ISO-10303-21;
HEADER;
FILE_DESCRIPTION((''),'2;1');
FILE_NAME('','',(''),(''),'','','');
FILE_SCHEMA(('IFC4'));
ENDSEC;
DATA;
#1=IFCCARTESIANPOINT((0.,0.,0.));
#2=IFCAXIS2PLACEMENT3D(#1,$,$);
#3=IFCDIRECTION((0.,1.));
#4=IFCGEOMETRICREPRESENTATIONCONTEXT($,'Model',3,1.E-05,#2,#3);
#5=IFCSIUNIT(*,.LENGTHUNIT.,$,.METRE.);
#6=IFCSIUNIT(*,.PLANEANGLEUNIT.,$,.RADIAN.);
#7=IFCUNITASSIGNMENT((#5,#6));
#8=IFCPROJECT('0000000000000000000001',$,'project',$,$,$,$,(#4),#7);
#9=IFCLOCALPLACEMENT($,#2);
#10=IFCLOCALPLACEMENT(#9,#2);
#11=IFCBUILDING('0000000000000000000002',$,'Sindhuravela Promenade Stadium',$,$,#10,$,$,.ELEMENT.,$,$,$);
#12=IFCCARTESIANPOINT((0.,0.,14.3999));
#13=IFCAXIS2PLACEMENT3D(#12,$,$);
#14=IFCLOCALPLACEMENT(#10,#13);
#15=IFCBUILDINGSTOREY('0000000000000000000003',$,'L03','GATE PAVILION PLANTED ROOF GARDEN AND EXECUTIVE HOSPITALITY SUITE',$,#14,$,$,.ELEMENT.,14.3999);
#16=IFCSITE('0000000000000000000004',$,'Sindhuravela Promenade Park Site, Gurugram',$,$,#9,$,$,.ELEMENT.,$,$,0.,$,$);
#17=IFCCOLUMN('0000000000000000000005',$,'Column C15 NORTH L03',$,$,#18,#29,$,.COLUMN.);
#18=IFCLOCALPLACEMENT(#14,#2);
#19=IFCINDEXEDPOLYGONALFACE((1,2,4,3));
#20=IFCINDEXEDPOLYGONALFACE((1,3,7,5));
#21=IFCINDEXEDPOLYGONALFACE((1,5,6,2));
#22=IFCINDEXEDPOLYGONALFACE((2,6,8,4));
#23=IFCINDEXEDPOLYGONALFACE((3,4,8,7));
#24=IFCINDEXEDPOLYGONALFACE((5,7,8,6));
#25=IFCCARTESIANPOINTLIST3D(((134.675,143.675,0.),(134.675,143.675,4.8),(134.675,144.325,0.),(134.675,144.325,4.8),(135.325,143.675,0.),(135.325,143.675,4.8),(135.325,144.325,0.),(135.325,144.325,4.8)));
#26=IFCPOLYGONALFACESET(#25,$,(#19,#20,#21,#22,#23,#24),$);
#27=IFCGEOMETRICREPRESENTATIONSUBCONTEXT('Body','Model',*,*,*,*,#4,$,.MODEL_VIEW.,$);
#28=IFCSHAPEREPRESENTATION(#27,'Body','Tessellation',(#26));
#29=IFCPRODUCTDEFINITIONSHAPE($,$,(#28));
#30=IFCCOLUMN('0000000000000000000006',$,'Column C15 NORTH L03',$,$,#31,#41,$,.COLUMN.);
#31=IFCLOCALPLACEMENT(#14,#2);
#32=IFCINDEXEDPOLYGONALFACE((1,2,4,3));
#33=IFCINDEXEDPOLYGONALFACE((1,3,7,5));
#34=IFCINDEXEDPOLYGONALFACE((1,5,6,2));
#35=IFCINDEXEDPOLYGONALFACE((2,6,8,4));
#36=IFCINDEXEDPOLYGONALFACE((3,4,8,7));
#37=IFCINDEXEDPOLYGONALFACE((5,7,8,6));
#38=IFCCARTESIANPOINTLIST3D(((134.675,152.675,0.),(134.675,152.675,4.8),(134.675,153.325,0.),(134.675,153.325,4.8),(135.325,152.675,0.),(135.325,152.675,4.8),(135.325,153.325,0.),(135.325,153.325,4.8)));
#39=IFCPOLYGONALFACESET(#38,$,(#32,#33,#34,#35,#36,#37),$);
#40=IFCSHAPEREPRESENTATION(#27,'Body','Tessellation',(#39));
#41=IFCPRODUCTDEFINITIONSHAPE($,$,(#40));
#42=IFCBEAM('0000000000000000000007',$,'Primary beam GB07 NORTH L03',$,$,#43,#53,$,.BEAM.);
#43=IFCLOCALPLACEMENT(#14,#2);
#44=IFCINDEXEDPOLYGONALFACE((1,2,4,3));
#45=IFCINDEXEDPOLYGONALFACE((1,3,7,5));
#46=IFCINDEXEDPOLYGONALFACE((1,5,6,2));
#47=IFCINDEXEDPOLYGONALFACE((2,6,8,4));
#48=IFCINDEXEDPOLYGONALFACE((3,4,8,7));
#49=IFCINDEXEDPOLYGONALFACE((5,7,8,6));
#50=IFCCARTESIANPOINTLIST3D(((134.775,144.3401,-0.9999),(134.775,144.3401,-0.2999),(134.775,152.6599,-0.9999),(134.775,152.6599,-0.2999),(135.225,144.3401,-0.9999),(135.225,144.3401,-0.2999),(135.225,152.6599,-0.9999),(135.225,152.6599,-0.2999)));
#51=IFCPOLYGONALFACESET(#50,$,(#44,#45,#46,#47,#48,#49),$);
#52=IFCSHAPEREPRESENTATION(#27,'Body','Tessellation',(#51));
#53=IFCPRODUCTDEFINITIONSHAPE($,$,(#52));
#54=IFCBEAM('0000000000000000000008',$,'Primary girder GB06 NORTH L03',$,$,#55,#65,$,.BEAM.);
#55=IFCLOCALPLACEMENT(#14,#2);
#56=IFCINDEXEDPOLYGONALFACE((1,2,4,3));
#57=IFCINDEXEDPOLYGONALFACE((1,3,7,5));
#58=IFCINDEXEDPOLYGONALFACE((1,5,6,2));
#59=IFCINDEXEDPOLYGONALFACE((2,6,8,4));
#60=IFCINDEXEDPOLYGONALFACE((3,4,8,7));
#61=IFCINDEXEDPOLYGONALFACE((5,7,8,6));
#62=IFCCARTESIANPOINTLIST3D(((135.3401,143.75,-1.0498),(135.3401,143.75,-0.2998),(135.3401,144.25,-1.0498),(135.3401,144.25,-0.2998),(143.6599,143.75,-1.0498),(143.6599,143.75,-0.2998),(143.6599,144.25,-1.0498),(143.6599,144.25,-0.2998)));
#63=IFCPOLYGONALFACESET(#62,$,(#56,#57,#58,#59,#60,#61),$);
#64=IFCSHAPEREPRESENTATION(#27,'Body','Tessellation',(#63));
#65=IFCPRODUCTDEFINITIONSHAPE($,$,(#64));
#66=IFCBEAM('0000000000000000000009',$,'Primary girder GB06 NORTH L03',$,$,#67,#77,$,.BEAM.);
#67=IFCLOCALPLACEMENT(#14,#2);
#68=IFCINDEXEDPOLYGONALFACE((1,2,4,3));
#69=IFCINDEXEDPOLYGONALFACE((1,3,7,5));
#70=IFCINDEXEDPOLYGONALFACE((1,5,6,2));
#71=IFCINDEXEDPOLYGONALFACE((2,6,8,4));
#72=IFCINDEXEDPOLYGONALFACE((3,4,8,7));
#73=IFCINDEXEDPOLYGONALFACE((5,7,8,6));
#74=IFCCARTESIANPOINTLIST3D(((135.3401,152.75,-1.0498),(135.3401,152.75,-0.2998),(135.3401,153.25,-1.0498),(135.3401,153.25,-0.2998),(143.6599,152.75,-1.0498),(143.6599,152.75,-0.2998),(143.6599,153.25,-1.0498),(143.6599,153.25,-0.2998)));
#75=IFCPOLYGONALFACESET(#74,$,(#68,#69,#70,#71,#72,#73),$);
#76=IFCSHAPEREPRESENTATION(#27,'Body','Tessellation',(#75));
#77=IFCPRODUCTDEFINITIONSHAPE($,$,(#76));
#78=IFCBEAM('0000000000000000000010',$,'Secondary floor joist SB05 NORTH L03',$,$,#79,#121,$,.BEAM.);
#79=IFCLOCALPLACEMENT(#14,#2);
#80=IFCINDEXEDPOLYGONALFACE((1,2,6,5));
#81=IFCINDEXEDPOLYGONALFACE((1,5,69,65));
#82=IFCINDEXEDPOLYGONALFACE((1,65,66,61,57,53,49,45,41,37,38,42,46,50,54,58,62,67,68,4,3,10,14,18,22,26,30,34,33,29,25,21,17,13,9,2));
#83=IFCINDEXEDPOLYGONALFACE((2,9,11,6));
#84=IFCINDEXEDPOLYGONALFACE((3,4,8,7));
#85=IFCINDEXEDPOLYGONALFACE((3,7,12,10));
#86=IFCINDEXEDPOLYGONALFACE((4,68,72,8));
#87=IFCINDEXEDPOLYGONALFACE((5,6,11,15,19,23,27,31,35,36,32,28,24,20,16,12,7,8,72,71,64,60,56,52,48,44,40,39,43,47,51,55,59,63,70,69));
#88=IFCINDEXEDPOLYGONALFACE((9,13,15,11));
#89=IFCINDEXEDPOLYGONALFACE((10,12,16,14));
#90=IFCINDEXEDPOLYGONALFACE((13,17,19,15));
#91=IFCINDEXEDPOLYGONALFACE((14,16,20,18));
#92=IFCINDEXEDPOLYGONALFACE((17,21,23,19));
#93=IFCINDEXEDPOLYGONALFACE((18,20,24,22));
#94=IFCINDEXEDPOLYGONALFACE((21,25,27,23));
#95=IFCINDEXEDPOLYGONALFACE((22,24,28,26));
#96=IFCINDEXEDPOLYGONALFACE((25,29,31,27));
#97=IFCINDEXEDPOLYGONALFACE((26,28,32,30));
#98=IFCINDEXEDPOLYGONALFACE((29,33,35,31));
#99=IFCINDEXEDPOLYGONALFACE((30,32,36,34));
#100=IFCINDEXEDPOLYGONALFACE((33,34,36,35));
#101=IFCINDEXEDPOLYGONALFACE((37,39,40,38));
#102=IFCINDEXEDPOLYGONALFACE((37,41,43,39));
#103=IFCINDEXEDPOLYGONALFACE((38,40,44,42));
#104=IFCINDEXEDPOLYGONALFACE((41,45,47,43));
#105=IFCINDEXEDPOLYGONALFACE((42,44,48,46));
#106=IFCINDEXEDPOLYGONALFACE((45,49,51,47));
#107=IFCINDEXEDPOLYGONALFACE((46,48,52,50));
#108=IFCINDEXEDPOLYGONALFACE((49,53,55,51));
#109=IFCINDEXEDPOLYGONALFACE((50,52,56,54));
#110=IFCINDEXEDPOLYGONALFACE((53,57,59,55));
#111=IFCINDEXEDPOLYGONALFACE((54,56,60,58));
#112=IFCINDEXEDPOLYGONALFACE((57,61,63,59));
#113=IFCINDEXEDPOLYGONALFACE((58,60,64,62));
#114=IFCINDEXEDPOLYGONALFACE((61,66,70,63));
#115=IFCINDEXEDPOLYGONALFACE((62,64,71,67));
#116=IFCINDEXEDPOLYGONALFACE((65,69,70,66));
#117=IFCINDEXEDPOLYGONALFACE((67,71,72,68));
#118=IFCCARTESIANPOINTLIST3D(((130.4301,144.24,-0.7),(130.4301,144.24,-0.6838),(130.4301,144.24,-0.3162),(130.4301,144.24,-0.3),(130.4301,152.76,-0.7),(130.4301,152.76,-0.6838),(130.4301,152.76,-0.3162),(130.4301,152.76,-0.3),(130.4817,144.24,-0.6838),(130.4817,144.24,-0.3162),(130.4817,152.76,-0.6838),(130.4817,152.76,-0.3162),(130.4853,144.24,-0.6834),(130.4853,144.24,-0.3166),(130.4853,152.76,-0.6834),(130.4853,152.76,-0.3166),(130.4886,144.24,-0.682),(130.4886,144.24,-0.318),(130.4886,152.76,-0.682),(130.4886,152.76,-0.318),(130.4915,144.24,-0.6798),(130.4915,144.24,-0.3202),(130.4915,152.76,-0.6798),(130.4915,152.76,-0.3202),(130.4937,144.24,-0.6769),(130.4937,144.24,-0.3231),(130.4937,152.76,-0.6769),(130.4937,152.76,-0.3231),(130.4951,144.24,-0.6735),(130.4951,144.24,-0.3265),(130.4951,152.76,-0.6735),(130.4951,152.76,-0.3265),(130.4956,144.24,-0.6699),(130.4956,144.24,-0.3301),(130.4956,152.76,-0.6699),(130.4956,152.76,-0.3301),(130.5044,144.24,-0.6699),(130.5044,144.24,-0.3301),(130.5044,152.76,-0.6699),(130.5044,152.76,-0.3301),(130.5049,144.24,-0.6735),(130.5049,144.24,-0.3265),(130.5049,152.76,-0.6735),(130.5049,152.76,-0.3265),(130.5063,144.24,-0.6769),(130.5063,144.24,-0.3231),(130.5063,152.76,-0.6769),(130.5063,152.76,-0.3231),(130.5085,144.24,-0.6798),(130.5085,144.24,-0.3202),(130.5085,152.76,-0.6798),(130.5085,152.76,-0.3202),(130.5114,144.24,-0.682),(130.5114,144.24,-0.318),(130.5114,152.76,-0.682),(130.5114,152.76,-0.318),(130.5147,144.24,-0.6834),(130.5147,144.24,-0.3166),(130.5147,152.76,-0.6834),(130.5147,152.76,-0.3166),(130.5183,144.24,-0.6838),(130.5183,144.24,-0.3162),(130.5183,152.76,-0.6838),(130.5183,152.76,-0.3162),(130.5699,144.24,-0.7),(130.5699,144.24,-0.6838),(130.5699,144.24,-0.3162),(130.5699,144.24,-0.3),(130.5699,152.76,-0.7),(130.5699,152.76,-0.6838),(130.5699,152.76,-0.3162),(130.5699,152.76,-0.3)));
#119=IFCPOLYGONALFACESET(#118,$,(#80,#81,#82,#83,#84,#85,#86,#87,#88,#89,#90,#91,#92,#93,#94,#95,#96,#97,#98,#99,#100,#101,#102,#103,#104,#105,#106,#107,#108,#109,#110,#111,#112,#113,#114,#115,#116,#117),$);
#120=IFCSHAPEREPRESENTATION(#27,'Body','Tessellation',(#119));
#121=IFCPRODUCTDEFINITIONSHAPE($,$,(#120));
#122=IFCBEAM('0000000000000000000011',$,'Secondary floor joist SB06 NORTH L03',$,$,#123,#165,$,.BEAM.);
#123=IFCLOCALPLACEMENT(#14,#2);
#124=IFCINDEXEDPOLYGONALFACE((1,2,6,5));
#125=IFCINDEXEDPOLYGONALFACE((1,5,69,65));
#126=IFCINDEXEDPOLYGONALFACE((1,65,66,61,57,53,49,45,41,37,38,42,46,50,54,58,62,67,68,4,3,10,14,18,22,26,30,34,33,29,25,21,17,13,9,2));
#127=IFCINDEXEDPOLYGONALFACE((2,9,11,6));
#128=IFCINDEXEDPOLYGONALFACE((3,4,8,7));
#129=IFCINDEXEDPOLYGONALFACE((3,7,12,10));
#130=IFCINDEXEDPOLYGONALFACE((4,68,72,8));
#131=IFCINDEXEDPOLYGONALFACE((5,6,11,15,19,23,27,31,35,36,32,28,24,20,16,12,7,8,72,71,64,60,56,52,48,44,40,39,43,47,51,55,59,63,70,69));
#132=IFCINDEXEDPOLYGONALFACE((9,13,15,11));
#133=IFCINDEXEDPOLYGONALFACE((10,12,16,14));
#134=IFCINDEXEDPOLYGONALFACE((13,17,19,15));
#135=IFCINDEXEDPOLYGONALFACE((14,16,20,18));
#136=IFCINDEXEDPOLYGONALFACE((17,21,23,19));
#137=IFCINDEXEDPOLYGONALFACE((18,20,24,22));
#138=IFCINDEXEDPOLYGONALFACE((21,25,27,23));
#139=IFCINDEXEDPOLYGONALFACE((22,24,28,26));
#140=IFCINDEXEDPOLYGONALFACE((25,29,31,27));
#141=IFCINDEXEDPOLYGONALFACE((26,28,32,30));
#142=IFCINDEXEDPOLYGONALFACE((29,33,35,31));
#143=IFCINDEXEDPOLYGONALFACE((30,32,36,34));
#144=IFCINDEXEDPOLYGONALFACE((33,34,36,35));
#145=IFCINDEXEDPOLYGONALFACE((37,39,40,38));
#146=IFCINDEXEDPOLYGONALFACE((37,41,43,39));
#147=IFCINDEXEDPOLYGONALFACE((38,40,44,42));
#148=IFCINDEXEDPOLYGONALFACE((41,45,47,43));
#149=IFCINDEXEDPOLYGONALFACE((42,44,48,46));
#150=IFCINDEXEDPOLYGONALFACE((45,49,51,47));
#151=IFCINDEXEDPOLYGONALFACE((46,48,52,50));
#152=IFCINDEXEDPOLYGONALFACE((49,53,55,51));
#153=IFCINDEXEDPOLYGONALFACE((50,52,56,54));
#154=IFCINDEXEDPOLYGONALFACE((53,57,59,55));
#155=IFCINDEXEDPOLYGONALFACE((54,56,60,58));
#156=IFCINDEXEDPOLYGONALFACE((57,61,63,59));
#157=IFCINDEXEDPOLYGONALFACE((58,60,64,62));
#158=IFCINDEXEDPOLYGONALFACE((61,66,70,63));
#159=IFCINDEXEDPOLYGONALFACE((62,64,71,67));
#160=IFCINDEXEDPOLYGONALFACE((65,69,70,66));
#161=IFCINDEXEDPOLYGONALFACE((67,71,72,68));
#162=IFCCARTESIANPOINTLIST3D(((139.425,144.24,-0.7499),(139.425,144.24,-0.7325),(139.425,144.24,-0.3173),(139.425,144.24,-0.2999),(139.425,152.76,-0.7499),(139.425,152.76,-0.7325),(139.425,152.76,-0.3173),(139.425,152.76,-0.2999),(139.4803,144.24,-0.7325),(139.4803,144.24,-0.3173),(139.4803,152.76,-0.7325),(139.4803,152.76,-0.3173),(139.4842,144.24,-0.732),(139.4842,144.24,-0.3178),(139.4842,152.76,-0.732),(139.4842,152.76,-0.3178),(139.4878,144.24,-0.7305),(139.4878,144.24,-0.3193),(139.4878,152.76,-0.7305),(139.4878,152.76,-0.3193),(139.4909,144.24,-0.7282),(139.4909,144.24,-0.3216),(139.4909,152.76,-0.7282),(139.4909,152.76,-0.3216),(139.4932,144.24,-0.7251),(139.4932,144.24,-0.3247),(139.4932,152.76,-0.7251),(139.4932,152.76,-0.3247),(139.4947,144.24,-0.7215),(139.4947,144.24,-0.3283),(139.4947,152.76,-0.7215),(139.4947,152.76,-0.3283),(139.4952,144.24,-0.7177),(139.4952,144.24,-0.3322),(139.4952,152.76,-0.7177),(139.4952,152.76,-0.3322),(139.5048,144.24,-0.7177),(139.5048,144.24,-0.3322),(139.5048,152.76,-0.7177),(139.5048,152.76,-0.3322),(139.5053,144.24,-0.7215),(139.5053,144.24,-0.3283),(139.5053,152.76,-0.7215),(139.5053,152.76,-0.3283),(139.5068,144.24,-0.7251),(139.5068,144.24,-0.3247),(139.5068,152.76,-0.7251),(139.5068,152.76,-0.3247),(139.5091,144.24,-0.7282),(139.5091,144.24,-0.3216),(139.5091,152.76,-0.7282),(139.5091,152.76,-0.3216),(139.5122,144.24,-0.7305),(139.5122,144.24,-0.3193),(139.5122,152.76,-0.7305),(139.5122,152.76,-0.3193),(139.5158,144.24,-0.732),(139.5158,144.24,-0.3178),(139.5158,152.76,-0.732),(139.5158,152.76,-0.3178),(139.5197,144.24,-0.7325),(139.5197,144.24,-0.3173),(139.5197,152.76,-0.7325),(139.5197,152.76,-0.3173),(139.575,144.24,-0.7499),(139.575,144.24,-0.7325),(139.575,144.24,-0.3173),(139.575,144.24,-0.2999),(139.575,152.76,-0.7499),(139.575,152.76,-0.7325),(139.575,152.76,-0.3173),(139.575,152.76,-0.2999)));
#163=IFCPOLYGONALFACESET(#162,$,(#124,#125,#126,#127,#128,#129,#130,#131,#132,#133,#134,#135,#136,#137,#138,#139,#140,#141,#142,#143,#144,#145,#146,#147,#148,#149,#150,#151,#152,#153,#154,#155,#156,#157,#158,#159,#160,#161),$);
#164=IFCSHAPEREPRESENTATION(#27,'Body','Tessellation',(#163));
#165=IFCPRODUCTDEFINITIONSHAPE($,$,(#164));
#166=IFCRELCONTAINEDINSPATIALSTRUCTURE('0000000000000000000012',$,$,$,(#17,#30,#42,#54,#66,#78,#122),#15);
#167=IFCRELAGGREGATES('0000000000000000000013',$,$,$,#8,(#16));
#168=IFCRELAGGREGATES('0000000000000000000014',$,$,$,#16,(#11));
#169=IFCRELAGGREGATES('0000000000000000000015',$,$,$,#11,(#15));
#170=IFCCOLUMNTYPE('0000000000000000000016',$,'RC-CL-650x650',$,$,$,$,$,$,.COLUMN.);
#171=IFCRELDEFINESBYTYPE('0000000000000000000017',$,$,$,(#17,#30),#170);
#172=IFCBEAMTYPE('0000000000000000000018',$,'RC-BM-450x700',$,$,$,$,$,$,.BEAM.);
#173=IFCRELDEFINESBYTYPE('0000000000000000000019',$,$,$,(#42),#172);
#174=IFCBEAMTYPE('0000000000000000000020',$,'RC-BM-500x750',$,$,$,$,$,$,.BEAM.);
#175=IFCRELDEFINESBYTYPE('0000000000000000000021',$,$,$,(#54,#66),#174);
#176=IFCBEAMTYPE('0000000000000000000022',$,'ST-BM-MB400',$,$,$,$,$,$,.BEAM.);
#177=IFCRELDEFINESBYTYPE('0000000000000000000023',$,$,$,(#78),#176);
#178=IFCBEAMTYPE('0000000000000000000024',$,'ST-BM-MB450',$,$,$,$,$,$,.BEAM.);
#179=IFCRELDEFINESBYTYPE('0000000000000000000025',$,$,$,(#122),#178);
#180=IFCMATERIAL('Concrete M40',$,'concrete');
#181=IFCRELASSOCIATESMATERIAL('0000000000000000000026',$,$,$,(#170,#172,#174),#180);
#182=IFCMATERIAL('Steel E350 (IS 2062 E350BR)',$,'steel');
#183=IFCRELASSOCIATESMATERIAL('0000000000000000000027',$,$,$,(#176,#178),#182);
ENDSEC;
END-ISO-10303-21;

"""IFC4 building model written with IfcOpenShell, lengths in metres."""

from ifc_helpers import new_model, si_unit, direction, frame, origin, origin_2d, place, context, subcontext, project, spatial, rectangle, i_section, extrude, material, material_profile, profile_set, type_object, element, save


model = new_model("IFC4")

# Units and contexts
model_context = context("Model", 3, precision=1e-05, world=origin(), true_north=direction((0.0, 1.0)))
body_context = subcontext(model_context, "Body", "Model", "MODEL_VIEW")
ifc_project = project(units=[si_unit("LENGTHUNIT", "METRE"), si_unit("PLANEANGLEUNIT", "RADIAN")], contexts=[model_context])

# Site, building, storey
site_placement = place(None, origin())
site = spatial("IfcSite", under=ifc_project, at=site_placement, Name="Sindhuravela Promenade Park Site, Gurugram", CompositionType="ELEMENT", RefElevation=0.0)
building_placement = place(site_placement, origin())
building = spatial("IfcBuilding", under=site, at=building_placement, Name="Sindhuravela Promenade Stadium", CompositionType="ELEMENT")
storey_placement = place(building_placement, frame((0.0, 0.0, 14.3999)))
storey = spatial("IfcBuildingStorey", under=building, at=storey_placement, Name="L03", Description="GATE PAVILION PLANTED ROOF GARDEN AND EXECUTIVE HOSPITALITY SUITE", CompositionType="ELEMENT", Elevation=14.3999)

# Columns
ifc_material_1 = material(Name="Concrete M40", Category="concrete")
ifc_material_profile_1 = material_profile(ifc_material_1, rectangle(XDim=0.6499, YDim=0.6499, at=origin_2d()), Name="RC 650x650")
ifc_profile_set_1 = profile_set([ifc_material_profile_1], Name="Concrete M40")
column_type = type_object("IfcColumnType", Name="RC-CL-650x650", PredefinedType="COLUMN", material=ifc_profile_set_1)
for number, where, z_axis, x_axis, name in (
    (1, (135.0, 144.0, 0.0), (0.0, 0.0, 1.0), (1.0, 0.0, 0.0), "Column C15 NORTH L03"),
    (2, (135.0, 153.0, 0.0), (0.0, 0.0, 1.0), (1.0, 0.0, 0.0), "Column C15 NORTH L03"),
):
    element("IfcColumn", number, at=place(storey_placement, frame(where, z_axis=z_axis, x_axis=x_axis)), inside=storey, type_object=column_type, Name=name, PredefinedType="COLUMN", context=body_context, shape_type="SweptSolid", body=[
        extrude(rectangle(XDim=0.6499, YDim=0.6499, at=origin_2d()), origin(), (0.0, 0.0, 1.0), 4.8),
    ])

# Beams
ifc_material_profile_2 = material_profile(ifc_material_1, rectangle(XDim=0.45, YDim=0.7, at=origin_2d()), Name="RC 450x700")
ifc_profile_set_2 = profile_set([ifc_material_profile_2], Name="Concrete M40")
beam_type_1 = type_object("IfcBeamType", Name="RC-BM-450x700", PredefinedType="BEAM", material=ifc_profile_set_2)
beam_1_placement = place(storey_placement, frame((135.0, 144.3401, -0.6499), z_axis=(0.0, 1.0, 0.0), x_axis=(-1.0, 0.0, 0.0)))
element("IfcBeam", 3, at=beam_1_placement, inside=storey, type_object=beam_type_1, Name="Primary beam GB07 NORTH L03", PredefinedType="BEAM", context=body_context, shape_type="SweptSolid", body=[
    extrude(rectangle(XDim=0.45, YDim=0.7, at=origin_2d()), origin(), (0.0, 0.0, 1.0), 8.3198),
])
ifc_material_profile_3 = material_profile(ifc_material_1, rectangle(XDim=0.5, YDim=0.75, at=origin_2d()), Name="RC 500x750")
ifc_profile_set_3 = profile_set([ifc_material_profile_3], Name="Concrete M40")
beam_type_2 = type_object("IfcBeamType", Name="RC-BM-500x750", PredefinedType="BEAM", material=ifc_profile_set_3)
for number, where, z_axis, x_axis, name in (
    (4, (135.3401, 144.0, -0.6748), (1.0, 0.0, 0.0), (0.0, 1.0, 0.0), "Primary girder GB06 NORTH L03"),
    (5, (135.3401, 153.0, -0.6748), (1.0, 0.0, 0.0), (0.0, 1.0, 0.0), "Primary girder GB06 NORTH L03"),
):
    element("IfcBeam", number, at=place(storey_placement, frame(where, z_axis=z_axis, x_axis=x_axis)), inside=storey, type_object=beam_type_2, Name=name, PredefinedType="BEAM", context=body_context, shape_type="SweptSolid", body=[
        extrude(rectangle(XDim=0.5, YDim=0.75, at=origin_2d()), origin(), (0.0, 0.0, 1.0), 8.3198),
    ])
ifc_material_2 = material(Name="Steel E350 (IS 2062 E350BR)", Category="steel")
ifc_material_profile_4 = material_profile(ifc_material_2, i_section(OverallWidth=0.1399, OverallDepth=0.3999, WebThickness=0.0088, FlangeThickness=0.0161, FilletRadius=0.0139, at=origin_2d()), Name="ISMB 400")
ifc_profile_set_4 = profile_set([ifc_material_profile_4], Name="Steel E350 (IS 2062 E350BR)")
beam_type_3 = type_object("IfcBeamType", Name="ST-BM-MB400", PredefinedType="BEAM", material=ifc_profile_set_4)
beam_2_placement = place(storey_placement, frame((130.5, 144.24, -0.5), z_axis=(0.0, 1.0, 0.0), x_axis=(-1.0, 0.0, 0.0)))
element("IfcBeam", 6, at=beam_2_placement, inside=storey, type_object=beam_type_3, Name="Secondary floor joist SB05 NORTH L03", PredefinedType="BEAM", context=body_context, shape_type="SweptSolid", body=[
    extrude(i_section(OverallWidth=0.1399, OverallDepth=0.3999, WebThickness=0.0088, FlangeThickness=0.0161, FilletRadius=0.0139, at=origin_2d()), origin(), (0.0, 0.0, 1.0), 8.52),
])
ifc_material_profile_5 = material_profile(ifc_material_2, i_section(OverallWidth=0.1499, OverallDepth=0.45, WebThickness=0.0095, FlangeThickness=0.0173, FilletRadius=0.0149, at=origin_2d()), Name="ISMB 450")
ifc_profile_set_5 = profile_set([ifc_material_profile_5], Name="Steel E350 (IS 2062 E350BR)")
beam_type_4 = type_object("IfcBeamType", Name="ST-BM-MB450", PredefinedType="BEAM", material=ifc_profile_set_5)
beam_3_placement = place(storey_placement, frame((139.5, 144.24, -0.5249), z_axis=(0.0, 1.0, 0.0), x_axis=(-1.0, 0.0, 0.0)))
element("IfcBeam", 7, at=beam_3_placement, inside=storey, type_object=beam_type_4, Name="Secondary floor joist SB06 NORTH L03", PredefinedType="BEAM", context=body_context, shape_type="SweptSolid", body=[
    extrude(i_section(OverallWidth=0.1499, OverallDepth=0.45, WebThickness=0.0095, FlangeThickness=0.0173, FilletRadius=0.0149, at=origin_2d()), origin(), (0.0, 0.0, 1.0), 8.52),
])

save(model, "model.ifc")
